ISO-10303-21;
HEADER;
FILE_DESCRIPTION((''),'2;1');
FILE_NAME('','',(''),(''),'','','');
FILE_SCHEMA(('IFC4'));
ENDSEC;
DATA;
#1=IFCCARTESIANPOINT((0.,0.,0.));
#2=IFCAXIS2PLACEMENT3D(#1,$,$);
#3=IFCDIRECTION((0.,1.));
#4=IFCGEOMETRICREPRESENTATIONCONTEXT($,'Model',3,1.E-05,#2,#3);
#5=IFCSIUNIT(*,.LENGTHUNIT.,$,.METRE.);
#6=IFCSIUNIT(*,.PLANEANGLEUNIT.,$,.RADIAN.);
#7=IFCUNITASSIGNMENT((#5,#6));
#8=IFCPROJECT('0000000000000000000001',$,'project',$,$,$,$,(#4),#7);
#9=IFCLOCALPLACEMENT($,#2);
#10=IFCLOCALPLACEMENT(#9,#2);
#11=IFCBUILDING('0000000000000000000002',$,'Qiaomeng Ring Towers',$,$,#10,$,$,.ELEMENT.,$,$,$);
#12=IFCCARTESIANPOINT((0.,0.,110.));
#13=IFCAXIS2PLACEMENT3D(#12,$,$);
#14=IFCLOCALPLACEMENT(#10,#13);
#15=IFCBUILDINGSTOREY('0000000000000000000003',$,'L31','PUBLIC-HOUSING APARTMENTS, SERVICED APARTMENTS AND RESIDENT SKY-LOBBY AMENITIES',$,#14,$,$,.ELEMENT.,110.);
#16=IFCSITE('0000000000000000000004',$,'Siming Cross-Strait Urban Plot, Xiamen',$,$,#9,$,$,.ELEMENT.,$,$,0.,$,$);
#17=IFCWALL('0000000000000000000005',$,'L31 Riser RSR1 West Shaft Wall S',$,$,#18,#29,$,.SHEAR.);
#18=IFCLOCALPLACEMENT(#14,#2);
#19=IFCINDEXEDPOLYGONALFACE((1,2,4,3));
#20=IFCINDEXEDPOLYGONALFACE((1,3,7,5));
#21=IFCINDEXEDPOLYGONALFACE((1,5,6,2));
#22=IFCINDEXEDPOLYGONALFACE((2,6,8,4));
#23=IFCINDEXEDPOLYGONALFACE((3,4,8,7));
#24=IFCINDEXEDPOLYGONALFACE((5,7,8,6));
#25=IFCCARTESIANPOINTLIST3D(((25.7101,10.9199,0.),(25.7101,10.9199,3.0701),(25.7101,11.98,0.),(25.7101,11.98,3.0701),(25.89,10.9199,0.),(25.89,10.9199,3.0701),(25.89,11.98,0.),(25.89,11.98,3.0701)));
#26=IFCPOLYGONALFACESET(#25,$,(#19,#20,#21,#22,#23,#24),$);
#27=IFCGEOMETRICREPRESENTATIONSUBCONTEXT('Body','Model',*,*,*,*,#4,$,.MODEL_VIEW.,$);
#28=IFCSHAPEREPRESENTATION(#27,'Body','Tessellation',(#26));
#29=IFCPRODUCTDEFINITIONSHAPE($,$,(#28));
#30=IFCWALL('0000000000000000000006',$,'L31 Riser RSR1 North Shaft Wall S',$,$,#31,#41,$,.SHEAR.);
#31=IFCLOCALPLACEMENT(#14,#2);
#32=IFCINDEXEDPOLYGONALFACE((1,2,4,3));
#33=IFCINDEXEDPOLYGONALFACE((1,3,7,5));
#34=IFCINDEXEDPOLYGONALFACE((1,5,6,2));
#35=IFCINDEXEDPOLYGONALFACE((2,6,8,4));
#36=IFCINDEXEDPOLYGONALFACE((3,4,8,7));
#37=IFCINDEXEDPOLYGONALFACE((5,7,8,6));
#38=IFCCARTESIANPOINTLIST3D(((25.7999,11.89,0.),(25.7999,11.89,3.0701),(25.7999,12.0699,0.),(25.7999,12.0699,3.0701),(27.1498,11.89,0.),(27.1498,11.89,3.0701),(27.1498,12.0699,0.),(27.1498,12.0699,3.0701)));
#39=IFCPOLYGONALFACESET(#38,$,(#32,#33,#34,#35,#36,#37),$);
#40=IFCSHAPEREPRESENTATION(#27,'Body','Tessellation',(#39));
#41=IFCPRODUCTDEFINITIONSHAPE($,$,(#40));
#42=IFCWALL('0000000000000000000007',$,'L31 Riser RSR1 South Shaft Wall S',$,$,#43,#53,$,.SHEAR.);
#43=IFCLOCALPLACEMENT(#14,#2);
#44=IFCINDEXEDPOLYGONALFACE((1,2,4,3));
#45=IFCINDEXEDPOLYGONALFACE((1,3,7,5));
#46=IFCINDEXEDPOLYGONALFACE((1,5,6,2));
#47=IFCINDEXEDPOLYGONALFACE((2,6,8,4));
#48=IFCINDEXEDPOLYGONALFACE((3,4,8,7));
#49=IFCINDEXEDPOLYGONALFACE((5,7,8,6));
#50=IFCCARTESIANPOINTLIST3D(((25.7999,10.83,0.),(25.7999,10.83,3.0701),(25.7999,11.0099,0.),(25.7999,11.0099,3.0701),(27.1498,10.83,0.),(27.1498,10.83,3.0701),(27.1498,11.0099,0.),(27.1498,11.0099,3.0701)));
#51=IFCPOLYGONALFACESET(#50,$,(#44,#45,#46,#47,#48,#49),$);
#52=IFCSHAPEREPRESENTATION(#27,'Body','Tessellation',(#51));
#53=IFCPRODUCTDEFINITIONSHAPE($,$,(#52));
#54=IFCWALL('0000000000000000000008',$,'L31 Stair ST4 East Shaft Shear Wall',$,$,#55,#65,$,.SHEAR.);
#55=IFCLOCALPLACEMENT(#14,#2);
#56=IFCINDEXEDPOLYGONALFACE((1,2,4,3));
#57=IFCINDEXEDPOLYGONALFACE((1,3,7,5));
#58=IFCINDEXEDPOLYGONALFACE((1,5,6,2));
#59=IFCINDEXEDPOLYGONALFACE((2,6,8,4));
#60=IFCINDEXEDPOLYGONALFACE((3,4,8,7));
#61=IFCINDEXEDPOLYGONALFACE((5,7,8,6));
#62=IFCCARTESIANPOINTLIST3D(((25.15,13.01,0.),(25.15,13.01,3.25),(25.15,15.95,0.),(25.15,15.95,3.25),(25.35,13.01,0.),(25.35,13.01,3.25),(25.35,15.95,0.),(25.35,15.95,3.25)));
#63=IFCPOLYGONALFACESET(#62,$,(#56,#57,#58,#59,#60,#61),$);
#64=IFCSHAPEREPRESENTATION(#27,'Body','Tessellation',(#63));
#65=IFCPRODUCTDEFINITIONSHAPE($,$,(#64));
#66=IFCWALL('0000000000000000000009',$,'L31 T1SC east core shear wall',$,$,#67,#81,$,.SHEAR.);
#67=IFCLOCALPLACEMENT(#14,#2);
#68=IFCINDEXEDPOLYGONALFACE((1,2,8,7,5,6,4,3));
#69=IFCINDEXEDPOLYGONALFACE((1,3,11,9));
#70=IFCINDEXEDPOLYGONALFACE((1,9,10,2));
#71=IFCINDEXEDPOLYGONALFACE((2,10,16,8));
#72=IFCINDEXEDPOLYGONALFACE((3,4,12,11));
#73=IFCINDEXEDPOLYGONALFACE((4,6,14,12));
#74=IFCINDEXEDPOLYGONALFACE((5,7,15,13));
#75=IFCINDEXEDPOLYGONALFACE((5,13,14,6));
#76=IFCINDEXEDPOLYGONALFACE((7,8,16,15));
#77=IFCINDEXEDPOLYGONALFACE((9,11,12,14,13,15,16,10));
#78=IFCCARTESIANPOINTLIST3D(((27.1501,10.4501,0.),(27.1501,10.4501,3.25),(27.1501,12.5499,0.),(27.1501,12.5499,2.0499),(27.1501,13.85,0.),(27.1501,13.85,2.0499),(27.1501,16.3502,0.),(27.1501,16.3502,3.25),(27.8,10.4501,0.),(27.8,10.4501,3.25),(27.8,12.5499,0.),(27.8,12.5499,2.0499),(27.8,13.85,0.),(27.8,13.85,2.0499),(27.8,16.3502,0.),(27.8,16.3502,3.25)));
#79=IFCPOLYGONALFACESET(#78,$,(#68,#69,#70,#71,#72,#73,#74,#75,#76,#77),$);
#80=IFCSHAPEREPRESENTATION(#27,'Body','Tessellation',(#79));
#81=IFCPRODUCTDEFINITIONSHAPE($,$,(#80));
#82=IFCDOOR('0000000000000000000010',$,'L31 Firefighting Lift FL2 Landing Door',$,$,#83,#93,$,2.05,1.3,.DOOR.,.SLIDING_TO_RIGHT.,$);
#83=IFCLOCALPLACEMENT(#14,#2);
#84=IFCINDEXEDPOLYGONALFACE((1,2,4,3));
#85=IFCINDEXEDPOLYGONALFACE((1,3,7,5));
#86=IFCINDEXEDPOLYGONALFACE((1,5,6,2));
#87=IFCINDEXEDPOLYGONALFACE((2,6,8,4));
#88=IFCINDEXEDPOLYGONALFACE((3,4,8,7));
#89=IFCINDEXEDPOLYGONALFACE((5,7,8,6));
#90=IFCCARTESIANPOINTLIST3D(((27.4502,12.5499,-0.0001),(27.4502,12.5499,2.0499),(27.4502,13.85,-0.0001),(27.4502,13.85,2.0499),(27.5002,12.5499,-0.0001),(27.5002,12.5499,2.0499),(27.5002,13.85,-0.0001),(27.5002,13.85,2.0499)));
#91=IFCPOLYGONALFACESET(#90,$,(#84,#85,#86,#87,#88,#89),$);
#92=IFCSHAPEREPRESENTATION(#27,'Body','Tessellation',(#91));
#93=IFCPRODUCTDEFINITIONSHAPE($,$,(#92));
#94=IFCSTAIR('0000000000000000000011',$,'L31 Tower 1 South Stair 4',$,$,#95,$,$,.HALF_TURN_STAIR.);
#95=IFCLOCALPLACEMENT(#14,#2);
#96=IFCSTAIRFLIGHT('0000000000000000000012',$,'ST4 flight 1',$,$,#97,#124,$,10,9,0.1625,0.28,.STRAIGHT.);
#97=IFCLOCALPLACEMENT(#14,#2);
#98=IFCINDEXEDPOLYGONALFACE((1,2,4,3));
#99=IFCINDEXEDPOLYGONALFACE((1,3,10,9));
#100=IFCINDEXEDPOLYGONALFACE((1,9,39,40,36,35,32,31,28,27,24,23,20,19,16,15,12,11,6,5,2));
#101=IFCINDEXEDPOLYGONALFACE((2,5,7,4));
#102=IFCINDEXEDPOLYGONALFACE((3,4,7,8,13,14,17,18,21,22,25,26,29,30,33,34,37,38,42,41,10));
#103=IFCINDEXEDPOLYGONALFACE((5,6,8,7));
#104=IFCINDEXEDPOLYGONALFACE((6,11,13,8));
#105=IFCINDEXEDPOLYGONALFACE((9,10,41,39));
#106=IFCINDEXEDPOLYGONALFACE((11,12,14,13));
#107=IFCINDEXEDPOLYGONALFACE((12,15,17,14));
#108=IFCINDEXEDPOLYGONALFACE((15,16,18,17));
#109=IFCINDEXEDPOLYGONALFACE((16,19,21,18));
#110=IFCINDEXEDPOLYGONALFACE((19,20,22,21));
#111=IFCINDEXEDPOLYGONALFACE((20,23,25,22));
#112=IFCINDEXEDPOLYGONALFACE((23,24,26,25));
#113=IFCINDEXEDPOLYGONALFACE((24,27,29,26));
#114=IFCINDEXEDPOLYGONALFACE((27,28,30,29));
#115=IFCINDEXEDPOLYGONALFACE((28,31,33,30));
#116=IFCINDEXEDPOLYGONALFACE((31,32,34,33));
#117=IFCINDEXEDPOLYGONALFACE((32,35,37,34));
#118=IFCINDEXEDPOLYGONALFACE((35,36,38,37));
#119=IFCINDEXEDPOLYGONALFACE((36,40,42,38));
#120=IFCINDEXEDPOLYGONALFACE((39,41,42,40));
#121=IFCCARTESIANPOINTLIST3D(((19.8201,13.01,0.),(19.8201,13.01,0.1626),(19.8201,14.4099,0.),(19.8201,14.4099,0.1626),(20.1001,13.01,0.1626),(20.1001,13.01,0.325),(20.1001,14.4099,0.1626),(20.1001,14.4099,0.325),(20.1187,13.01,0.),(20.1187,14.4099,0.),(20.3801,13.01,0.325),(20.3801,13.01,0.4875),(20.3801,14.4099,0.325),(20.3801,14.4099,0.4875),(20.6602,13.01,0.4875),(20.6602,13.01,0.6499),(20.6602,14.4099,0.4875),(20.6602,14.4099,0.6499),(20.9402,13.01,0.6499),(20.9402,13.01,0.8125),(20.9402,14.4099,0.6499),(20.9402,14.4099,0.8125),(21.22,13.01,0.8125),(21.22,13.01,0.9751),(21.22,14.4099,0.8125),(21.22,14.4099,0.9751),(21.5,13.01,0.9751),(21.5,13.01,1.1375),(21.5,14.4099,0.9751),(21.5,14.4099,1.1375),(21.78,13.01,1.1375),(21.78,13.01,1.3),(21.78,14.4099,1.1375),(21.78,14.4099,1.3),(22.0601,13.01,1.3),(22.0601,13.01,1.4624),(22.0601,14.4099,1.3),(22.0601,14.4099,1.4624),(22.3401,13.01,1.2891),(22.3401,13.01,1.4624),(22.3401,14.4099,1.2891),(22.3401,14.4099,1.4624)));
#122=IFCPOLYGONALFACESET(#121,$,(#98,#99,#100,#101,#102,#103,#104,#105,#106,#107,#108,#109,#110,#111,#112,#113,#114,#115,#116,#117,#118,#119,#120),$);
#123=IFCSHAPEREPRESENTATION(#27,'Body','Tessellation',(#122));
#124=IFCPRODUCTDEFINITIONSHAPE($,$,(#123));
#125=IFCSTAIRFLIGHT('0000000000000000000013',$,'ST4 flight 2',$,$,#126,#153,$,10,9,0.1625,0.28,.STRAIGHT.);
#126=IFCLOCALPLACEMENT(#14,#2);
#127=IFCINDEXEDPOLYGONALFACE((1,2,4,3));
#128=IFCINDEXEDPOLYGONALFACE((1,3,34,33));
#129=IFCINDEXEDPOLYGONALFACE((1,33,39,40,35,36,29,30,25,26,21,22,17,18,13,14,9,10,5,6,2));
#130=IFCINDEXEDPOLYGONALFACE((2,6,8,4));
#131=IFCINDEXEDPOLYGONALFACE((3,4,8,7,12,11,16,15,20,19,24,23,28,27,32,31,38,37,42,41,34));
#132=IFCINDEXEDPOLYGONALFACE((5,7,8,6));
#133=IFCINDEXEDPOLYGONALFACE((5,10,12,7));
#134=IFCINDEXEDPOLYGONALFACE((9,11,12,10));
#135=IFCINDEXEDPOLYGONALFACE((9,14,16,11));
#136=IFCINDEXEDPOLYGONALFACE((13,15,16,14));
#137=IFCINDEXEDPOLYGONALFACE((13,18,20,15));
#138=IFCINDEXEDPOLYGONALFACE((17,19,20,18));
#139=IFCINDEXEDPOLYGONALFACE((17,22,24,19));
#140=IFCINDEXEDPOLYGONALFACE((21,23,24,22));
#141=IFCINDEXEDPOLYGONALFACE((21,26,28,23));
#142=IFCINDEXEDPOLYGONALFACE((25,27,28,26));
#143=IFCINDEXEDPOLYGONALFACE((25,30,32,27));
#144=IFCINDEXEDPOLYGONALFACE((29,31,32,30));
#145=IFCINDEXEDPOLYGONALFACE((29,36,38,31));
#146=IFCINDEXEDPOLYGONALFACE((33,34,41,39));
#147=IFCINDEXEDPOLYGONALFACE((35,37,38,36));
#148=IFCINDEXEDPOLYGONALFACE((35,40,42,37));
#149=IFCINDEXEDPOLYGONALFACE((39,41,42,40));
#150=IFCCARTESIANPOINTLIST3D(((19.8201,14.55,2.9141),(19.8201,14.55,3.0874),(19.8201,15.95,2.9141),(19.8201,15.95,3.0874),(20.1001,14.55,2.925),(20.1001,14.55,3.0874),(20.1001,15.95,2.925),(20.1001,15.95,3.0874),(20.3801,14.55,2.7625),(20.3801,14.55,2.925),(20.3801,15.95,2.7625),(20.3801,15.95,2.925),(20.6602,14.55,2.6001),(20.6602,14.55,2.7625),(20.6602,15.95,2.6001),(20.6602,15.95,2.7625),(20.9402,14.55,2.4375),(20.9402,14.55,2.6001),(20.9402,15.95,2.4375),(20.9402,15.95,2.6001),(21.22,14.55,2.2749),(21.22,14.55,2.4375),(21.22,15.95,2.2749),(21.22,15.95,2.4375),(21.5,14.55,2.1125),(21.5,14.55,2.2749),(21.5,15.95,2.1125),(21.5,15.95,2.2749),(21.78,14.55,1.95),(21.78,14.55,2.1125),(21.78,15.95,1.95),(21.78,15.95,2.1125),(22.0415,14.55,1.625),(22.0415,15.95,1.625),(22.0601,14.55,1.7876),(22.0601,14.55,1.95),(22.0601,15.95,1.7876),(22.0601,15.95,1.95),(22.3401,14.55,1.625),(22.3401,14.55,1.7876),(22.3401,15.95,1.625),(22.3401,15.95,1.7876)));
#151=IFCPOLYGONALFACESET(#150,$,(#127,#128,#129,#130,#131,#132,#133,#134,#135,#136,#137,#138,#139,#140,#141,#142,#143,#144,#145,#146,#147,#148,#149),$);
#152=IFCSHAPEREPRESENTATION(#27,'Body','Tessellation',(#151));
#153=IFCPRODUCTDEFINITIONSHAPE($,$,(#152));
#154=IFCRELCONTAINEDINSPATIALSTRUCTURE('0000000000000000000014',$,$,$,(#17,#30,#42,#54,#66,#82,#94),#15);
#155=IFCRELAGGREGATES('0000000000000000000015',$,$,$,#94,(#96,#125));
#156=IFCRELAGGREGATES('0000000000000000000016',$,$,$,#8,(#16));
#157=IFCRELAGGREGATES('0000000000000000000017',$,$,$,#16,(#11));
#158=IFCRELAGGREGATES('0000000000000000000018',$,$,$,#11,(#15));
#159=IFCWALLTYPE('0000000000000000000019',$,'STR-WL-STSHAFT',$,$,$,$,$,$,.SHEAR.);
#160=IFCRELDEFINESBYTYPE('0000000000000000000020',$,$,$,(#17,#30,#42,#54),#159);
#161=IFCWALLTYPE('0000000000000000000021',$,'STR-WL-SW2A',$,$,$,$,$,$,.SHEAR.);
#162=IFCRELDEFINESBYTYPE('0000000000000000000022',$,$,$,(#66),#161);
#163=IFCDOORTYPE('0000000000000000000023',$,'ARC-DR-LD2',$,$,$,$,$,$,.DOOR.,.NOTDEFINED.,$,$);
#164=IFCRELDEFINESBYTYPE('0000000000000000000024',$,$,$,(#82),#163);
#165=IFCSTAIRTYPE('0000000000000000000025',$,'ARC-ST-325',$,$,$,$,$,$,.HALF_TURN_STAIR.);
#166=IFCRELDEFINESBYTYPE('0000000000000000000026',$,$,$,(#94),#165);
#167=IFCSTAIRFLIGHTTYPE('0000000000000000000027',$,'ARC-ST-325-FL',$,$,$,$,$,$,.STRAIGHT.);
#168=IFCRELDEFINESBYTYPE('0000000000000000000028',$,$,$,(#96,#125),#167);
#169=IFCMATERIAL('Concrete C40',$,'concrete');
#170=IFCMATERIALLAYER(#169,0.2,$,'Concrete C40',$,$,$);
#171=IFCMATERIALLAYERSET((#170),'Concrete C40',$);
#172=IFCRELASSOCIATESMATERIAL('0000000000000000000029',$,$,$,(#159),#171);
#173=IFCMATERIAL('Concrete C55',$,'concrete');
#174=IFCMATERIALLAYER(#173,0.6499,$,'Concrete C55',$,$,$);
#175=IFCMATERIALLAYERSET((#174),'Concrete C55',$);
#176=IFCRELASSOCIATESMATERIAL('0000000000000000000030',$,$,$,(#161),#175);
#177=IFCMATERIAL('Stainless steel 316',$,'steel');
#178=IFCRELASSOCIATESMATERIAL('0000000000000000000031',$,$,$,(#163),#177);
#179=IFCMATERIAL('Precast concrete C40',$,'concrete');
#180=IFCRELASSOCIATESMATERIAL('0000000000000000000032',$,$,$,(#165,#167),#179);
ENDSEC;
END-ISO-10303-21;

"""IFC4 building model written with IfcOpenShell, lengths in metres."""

from ifc_helpers import new_model, si_unit, direction, frame, frame_2d, origin, place, context, subcontext, project, spatial, polyline, rectangle, outline, extrude, source, transform, mapped, material, layer, layer_set, type_object, element, fill, aggregate, save


model = new_model("IFC4")

# Units and contexts
model_context = context("Model", 3, precision=1e-05, world=origin(), true_north=direction((0.0, 1.0)))
body_context = subcontext(model_context, "Body", "Model", "MODEL_VIEW")
ifc_project = project(units=[si_unit("LENGTHUNIT", "METRE"), si_unit("PLANEANGLEUNIT", "RADIAN")], contexts=[model_context])

# Site, building, storey
site_placement = place(None, origin())
site = spatial("IfcSite", under=ifc_project, at=site_placement, Name="Siming Cross-Strait Urban Plot, Xiamen", CompositionType="ELEMENT", RefElevation=0.0)
building_placement = place(site_placement, origin())
building = spatial("IfcBuilding", under=site, at=building_placement, Name="Qiaomeng Ring Towers", CompositionType="ELEMENT")
storey_placement = place(building_placement, frame((0.0, 0.0, 110.0)))
storey = spatial("IfcBuildingStorey", under=building, at=storey_placement, Name="L31", Description="PUBLIC-HOUSING APARTMENTS, SERVICED APARTMENTS AND RESIDENT SKY-LOBBY AMENITIES", CompositionType="ELEMENT", Elevation=110.0)

# Walls
ifc_material_1 = material(Name="Concrete C40", Category="concrete")
ifc_layer_1 = layer(ifc_material_1, 0.2, Name="Concrete C40")
ifc_layer_set_1 = layer_set([ifc_layer_1], Name="Concrete C40")
wall_type_1 = type_object("IfcWallType", Name="STR-WL-STSHAFT", PredefinedType="SHEAR", material=ifc_layer_set_1)
wall_1_placement = place(storey_placement, frame((25.8, 10.9199, 0.0), z_axis=(0.0, 0.0, 1.0), x_axis=(0.0, 1.0, 0.0)))
element("IfcWall", 1, at=wall_1_placement, inside=storey, type_object=wall_type_1, Name="L31 Riser RSR1 West Shaft Wall S", PredefinedType="SHEAR", context=body_context, shape_type="SweptSolid", body=[
    extrude(rectangle(XDim=1.0601, YDim=0.1799, at=frame_2d((0.53, 0.0))), origin(), (0.0, 0.0, 1.0), 3.0701),
])
for number, where, z_axis, x_axis, name in (
    (2, (25.8, 11.98, 0.0), (0.0, 0.0, 1.0), (1.0, 0.0, 0.0), "L31 Riser RSR1 North Shaft Wall S"),
    (3, (25.8, 10.9199, 0.0), (0.0, 0.0, 1.0), (1.0, 0.0, 0.0), "L31 Riser RSR1 South Shaft Wall S"),
):
    element("IfcWall", number, at=place(storey_placement, frame(where, z_axis=z_axis, x_axis=x_axis)), inside=storey, type_object=wall_type_1, Name=name, PredefinedType="SHEAR", context=body_context, shape_type="SweptSolid", body=[
        extrude(rectangle(XDim=1.3499, YDim=0.1799, at=frame_2d((0.6748, 0.0))), origin(), (0.0, 0.0, 1.0), 3.0701),
    ])
wall_2_placement = place(storey_placement, frame((25.25, 13.01, 0.0), z_axis=(0.0, 0.0, 1.0), x_axis=(0.0, 1.0, 0.0)))
element("IfcWall", 4, at=wall_2_placement, inside=storey, type_object=wall_type_1, Name="L31 Stair ST4 East Shaft Shear Wall", PredefinedType="SHEAR", context=body_context, shape_type="SweptSolid", body=[
    extrude(rectangle(XDim=2.9399, YDim=0.2, at=frame_2d((1.47, 0.0))), origin(), (0.0, 0.0, 1.0), 3.25),
])

# Wall, opening, door
ifc_material_2 = material(Name="Concrete C55", Category="concrete")
ifc_layer_2 = layer(ifc_material_2, 0.6499, Name="Concrete C55")
ifc_layer_set_2 = layer_set([ifc_layer_2], Name="Concrete C55")
wall_type_2 = type_object("IfcWallType", Name="STR-WL-SW2A", PredefinedType="SHEAR", material=ifc_layer_set_2)
wall_3_placement = place(storey_placement, frame((27.4751, 10.45, 0.0), z_axis=(0.0, 0.0, 1.0), x_axis=(0.0, 1.0, 0.0)))
wall_3 = element("IfcWall", 5, at=wall_3_placement, inside=storey, type_object=wall_type_2, Name="L31 T1SC east core shear wall", PredefinedType="SHEAR", context=body_context, shape_type="SweptSolid", body=[
    extrude(rectangle(XDim=5.9001, YDim=0.6499, at=frame_2d((2.9502, 0.0))), origin(), (0.0, 0.0, 1.0), 3.25),
])
opening_placement = place(wall_3_placement, frame((2.1001, 0.0, 0.0)))
opening = element("IfcOpeningElement", 6, at=opening_placement, cuts=wall_3, PredefinedType="OPENING", context=body_context, shape_type="SweptSolid", body=[
    extrude(rectangle(XDim=1.3, YDim=2.05, at=frame_2d((0.6499, 1.0249))), frame((0.0, 0.335, 0.0), z_axis=(0.0, -1.0, 0.0), x_axis=(1.0, 0.0, 0.0)), (0.0, 0.0, 1.0), 0.6699),
])
ifc_material_3 = material(Name="Stainless steel 316", Category="steel")
door_type = type_object("IfcDoorType", Name="ARC-DR-LD2", OperationType="NOTDEFINED", PredefinedType="DOOR", material=ifc_material_3)
shared_shape_1 = source(origin(), body_context, "Body", "SweptSolid", [
    extrude(rectangle(XDim=1.3, YDim=2.05, at=frame_2d((0.6499, 1.0249))), frame((0.0, 0.0249, 0.0), z_axis=(0.0, -1.0, 0.0), x_axis=(1.0, 0.0, 0.0)), (0.0, 0.0, 1.0), 0.05),
])
door_placement = place(opening_placement, origin())
door = element("IfcDoor", 7, at=door_placement, inside=storey, type_object=door_type, Name="L31 Firefighting Lift FL2 Landing Door", OperationType="SLIDING_TO_RIGHT", OverallHeight=2.05, OverallWidth=1.3, PredefinedType="DOOR", context=body_context, shape_type="MappedRepresentation", body=[
    mapped(shared_shape_1, transform((0.0, 0.0, 0.0), x_axis=(1.0, 0.0, 0.0), y_axis=(0.0, 1.0, 0.0), z_axis=(0.0, 0.0, 1.0), scale=1.0)),
])
fill(opening, door)

# Stair, stair flights
ifc_material_4 = material(Name="Precast concrete C40", Category="concrete")
stair_type = type_object("IfcStairType", Name="ARC-ST-325", PredefinedType="HALF_TURN_STAIR", material=ifc_material_4)
stair_placement = place(storey_placement, origin())
stair = element("IfcStair", 8, at=stair_placement, inside=storey, type_object=stair_type, Name="L31 Tower 1 South Stair 4", PredefinedType="HALF_TURN_STAIR")
stair_flight_type = type_object("IfcStairFlightType", Name="ARC-ST-325-FL", PredefinedType="STRAIGHT", material=ifc_material_4)
shared_shape_2 = source(origin(), body_context, "Body", "SweptSolid", [
    extrude(outline(polyline([(0.0, 0.0), (0.0, 0.1626), (0.28, 0.1626), (0.28, 0.325), (0.5601, 0.325), (0.5601, 0.4875), (0.8401, 0.4875), (0.8401, 0.6499), (1.1201, 0.6499), (1.1201, 0.8125), (1.3999, 0.8125), (1.3999, 0.9751), (1.6799, 0.9751), (1.6799, 1.1375), (1.96, 1.1375), (1.96, 1.3), (2.24, 1.3), (2.24, 1.4624), (2.52, 1.4624), (2.52, 1.625), (2.52, 1.2891), (0.2986, 0.0), (0.0, 0.0)])), frame((0.0, 0.7, 0.0), z_axis=(0.0, -1.0, 0.0), x_axis=(1.0, 0.0, 0.0)), (0.0, 0.0, 1.0), 1.3999),
])
stair_flight_1_placement = place(storey_placement, frame((19.8201, 13.71, 0.0), z_axis=(0.0, 0.0, 1.0), x_axis=(1.0, 0.0, 0.0)))
stair_flight_1 = element("IfcStairFlight", 9, at=stair_flight_1_placement, type_object=stair_flight_type, Name="ST4 flight 1", NumberOfRisers=10, NumberOfTreads=9, PredefinedType="STRAIGHT", RiserHeight=0.1625, TreadLength=0.28, context=body_context, shape_type="MappedRepresentation", body=[
    mapped(shared_shape_2, transform((0.0, 0.0, 0.0), x_axis=(1.0, 0.0, 0.0), y_axis=(0.0, 1.0, 0.0), z_axis=(0.0, 0.0, 1.0), scale=1.0)),
])
stair_flight_2_placement = place(storey_placement, frame((22.3401, 15.25, 1.625), z_axis=(0.0, 0.0, 1.0), x_axis=(-1.0, 0.0, 0.0)))
stair_flight_2 = element("IfcStairFlight", 10, at=stair_flight_2_placement, type_object=stair_flight_type, Name="ST4 flight 2", NumberOfRisers=10, NumberOfTreads=9, PredefinedType="STRAIGHT", RiserHeight=0.1625, TreadLength=0.28, context=body_context, shape_type="MappedRepresentation", body=[
    mapped(shared_shape_2, transform((0.0, 0.0, 0.0), x_axis=(1.0, 0.0, 0.0), y_axis=(0.0, 1.0, 0.0), z_axis=(0.0, 0.0, 1.0), scale=1.0)),
])
aggregate(stair, [stair_flight_1, stair_flight_2])

save(model, "model.ifc")
